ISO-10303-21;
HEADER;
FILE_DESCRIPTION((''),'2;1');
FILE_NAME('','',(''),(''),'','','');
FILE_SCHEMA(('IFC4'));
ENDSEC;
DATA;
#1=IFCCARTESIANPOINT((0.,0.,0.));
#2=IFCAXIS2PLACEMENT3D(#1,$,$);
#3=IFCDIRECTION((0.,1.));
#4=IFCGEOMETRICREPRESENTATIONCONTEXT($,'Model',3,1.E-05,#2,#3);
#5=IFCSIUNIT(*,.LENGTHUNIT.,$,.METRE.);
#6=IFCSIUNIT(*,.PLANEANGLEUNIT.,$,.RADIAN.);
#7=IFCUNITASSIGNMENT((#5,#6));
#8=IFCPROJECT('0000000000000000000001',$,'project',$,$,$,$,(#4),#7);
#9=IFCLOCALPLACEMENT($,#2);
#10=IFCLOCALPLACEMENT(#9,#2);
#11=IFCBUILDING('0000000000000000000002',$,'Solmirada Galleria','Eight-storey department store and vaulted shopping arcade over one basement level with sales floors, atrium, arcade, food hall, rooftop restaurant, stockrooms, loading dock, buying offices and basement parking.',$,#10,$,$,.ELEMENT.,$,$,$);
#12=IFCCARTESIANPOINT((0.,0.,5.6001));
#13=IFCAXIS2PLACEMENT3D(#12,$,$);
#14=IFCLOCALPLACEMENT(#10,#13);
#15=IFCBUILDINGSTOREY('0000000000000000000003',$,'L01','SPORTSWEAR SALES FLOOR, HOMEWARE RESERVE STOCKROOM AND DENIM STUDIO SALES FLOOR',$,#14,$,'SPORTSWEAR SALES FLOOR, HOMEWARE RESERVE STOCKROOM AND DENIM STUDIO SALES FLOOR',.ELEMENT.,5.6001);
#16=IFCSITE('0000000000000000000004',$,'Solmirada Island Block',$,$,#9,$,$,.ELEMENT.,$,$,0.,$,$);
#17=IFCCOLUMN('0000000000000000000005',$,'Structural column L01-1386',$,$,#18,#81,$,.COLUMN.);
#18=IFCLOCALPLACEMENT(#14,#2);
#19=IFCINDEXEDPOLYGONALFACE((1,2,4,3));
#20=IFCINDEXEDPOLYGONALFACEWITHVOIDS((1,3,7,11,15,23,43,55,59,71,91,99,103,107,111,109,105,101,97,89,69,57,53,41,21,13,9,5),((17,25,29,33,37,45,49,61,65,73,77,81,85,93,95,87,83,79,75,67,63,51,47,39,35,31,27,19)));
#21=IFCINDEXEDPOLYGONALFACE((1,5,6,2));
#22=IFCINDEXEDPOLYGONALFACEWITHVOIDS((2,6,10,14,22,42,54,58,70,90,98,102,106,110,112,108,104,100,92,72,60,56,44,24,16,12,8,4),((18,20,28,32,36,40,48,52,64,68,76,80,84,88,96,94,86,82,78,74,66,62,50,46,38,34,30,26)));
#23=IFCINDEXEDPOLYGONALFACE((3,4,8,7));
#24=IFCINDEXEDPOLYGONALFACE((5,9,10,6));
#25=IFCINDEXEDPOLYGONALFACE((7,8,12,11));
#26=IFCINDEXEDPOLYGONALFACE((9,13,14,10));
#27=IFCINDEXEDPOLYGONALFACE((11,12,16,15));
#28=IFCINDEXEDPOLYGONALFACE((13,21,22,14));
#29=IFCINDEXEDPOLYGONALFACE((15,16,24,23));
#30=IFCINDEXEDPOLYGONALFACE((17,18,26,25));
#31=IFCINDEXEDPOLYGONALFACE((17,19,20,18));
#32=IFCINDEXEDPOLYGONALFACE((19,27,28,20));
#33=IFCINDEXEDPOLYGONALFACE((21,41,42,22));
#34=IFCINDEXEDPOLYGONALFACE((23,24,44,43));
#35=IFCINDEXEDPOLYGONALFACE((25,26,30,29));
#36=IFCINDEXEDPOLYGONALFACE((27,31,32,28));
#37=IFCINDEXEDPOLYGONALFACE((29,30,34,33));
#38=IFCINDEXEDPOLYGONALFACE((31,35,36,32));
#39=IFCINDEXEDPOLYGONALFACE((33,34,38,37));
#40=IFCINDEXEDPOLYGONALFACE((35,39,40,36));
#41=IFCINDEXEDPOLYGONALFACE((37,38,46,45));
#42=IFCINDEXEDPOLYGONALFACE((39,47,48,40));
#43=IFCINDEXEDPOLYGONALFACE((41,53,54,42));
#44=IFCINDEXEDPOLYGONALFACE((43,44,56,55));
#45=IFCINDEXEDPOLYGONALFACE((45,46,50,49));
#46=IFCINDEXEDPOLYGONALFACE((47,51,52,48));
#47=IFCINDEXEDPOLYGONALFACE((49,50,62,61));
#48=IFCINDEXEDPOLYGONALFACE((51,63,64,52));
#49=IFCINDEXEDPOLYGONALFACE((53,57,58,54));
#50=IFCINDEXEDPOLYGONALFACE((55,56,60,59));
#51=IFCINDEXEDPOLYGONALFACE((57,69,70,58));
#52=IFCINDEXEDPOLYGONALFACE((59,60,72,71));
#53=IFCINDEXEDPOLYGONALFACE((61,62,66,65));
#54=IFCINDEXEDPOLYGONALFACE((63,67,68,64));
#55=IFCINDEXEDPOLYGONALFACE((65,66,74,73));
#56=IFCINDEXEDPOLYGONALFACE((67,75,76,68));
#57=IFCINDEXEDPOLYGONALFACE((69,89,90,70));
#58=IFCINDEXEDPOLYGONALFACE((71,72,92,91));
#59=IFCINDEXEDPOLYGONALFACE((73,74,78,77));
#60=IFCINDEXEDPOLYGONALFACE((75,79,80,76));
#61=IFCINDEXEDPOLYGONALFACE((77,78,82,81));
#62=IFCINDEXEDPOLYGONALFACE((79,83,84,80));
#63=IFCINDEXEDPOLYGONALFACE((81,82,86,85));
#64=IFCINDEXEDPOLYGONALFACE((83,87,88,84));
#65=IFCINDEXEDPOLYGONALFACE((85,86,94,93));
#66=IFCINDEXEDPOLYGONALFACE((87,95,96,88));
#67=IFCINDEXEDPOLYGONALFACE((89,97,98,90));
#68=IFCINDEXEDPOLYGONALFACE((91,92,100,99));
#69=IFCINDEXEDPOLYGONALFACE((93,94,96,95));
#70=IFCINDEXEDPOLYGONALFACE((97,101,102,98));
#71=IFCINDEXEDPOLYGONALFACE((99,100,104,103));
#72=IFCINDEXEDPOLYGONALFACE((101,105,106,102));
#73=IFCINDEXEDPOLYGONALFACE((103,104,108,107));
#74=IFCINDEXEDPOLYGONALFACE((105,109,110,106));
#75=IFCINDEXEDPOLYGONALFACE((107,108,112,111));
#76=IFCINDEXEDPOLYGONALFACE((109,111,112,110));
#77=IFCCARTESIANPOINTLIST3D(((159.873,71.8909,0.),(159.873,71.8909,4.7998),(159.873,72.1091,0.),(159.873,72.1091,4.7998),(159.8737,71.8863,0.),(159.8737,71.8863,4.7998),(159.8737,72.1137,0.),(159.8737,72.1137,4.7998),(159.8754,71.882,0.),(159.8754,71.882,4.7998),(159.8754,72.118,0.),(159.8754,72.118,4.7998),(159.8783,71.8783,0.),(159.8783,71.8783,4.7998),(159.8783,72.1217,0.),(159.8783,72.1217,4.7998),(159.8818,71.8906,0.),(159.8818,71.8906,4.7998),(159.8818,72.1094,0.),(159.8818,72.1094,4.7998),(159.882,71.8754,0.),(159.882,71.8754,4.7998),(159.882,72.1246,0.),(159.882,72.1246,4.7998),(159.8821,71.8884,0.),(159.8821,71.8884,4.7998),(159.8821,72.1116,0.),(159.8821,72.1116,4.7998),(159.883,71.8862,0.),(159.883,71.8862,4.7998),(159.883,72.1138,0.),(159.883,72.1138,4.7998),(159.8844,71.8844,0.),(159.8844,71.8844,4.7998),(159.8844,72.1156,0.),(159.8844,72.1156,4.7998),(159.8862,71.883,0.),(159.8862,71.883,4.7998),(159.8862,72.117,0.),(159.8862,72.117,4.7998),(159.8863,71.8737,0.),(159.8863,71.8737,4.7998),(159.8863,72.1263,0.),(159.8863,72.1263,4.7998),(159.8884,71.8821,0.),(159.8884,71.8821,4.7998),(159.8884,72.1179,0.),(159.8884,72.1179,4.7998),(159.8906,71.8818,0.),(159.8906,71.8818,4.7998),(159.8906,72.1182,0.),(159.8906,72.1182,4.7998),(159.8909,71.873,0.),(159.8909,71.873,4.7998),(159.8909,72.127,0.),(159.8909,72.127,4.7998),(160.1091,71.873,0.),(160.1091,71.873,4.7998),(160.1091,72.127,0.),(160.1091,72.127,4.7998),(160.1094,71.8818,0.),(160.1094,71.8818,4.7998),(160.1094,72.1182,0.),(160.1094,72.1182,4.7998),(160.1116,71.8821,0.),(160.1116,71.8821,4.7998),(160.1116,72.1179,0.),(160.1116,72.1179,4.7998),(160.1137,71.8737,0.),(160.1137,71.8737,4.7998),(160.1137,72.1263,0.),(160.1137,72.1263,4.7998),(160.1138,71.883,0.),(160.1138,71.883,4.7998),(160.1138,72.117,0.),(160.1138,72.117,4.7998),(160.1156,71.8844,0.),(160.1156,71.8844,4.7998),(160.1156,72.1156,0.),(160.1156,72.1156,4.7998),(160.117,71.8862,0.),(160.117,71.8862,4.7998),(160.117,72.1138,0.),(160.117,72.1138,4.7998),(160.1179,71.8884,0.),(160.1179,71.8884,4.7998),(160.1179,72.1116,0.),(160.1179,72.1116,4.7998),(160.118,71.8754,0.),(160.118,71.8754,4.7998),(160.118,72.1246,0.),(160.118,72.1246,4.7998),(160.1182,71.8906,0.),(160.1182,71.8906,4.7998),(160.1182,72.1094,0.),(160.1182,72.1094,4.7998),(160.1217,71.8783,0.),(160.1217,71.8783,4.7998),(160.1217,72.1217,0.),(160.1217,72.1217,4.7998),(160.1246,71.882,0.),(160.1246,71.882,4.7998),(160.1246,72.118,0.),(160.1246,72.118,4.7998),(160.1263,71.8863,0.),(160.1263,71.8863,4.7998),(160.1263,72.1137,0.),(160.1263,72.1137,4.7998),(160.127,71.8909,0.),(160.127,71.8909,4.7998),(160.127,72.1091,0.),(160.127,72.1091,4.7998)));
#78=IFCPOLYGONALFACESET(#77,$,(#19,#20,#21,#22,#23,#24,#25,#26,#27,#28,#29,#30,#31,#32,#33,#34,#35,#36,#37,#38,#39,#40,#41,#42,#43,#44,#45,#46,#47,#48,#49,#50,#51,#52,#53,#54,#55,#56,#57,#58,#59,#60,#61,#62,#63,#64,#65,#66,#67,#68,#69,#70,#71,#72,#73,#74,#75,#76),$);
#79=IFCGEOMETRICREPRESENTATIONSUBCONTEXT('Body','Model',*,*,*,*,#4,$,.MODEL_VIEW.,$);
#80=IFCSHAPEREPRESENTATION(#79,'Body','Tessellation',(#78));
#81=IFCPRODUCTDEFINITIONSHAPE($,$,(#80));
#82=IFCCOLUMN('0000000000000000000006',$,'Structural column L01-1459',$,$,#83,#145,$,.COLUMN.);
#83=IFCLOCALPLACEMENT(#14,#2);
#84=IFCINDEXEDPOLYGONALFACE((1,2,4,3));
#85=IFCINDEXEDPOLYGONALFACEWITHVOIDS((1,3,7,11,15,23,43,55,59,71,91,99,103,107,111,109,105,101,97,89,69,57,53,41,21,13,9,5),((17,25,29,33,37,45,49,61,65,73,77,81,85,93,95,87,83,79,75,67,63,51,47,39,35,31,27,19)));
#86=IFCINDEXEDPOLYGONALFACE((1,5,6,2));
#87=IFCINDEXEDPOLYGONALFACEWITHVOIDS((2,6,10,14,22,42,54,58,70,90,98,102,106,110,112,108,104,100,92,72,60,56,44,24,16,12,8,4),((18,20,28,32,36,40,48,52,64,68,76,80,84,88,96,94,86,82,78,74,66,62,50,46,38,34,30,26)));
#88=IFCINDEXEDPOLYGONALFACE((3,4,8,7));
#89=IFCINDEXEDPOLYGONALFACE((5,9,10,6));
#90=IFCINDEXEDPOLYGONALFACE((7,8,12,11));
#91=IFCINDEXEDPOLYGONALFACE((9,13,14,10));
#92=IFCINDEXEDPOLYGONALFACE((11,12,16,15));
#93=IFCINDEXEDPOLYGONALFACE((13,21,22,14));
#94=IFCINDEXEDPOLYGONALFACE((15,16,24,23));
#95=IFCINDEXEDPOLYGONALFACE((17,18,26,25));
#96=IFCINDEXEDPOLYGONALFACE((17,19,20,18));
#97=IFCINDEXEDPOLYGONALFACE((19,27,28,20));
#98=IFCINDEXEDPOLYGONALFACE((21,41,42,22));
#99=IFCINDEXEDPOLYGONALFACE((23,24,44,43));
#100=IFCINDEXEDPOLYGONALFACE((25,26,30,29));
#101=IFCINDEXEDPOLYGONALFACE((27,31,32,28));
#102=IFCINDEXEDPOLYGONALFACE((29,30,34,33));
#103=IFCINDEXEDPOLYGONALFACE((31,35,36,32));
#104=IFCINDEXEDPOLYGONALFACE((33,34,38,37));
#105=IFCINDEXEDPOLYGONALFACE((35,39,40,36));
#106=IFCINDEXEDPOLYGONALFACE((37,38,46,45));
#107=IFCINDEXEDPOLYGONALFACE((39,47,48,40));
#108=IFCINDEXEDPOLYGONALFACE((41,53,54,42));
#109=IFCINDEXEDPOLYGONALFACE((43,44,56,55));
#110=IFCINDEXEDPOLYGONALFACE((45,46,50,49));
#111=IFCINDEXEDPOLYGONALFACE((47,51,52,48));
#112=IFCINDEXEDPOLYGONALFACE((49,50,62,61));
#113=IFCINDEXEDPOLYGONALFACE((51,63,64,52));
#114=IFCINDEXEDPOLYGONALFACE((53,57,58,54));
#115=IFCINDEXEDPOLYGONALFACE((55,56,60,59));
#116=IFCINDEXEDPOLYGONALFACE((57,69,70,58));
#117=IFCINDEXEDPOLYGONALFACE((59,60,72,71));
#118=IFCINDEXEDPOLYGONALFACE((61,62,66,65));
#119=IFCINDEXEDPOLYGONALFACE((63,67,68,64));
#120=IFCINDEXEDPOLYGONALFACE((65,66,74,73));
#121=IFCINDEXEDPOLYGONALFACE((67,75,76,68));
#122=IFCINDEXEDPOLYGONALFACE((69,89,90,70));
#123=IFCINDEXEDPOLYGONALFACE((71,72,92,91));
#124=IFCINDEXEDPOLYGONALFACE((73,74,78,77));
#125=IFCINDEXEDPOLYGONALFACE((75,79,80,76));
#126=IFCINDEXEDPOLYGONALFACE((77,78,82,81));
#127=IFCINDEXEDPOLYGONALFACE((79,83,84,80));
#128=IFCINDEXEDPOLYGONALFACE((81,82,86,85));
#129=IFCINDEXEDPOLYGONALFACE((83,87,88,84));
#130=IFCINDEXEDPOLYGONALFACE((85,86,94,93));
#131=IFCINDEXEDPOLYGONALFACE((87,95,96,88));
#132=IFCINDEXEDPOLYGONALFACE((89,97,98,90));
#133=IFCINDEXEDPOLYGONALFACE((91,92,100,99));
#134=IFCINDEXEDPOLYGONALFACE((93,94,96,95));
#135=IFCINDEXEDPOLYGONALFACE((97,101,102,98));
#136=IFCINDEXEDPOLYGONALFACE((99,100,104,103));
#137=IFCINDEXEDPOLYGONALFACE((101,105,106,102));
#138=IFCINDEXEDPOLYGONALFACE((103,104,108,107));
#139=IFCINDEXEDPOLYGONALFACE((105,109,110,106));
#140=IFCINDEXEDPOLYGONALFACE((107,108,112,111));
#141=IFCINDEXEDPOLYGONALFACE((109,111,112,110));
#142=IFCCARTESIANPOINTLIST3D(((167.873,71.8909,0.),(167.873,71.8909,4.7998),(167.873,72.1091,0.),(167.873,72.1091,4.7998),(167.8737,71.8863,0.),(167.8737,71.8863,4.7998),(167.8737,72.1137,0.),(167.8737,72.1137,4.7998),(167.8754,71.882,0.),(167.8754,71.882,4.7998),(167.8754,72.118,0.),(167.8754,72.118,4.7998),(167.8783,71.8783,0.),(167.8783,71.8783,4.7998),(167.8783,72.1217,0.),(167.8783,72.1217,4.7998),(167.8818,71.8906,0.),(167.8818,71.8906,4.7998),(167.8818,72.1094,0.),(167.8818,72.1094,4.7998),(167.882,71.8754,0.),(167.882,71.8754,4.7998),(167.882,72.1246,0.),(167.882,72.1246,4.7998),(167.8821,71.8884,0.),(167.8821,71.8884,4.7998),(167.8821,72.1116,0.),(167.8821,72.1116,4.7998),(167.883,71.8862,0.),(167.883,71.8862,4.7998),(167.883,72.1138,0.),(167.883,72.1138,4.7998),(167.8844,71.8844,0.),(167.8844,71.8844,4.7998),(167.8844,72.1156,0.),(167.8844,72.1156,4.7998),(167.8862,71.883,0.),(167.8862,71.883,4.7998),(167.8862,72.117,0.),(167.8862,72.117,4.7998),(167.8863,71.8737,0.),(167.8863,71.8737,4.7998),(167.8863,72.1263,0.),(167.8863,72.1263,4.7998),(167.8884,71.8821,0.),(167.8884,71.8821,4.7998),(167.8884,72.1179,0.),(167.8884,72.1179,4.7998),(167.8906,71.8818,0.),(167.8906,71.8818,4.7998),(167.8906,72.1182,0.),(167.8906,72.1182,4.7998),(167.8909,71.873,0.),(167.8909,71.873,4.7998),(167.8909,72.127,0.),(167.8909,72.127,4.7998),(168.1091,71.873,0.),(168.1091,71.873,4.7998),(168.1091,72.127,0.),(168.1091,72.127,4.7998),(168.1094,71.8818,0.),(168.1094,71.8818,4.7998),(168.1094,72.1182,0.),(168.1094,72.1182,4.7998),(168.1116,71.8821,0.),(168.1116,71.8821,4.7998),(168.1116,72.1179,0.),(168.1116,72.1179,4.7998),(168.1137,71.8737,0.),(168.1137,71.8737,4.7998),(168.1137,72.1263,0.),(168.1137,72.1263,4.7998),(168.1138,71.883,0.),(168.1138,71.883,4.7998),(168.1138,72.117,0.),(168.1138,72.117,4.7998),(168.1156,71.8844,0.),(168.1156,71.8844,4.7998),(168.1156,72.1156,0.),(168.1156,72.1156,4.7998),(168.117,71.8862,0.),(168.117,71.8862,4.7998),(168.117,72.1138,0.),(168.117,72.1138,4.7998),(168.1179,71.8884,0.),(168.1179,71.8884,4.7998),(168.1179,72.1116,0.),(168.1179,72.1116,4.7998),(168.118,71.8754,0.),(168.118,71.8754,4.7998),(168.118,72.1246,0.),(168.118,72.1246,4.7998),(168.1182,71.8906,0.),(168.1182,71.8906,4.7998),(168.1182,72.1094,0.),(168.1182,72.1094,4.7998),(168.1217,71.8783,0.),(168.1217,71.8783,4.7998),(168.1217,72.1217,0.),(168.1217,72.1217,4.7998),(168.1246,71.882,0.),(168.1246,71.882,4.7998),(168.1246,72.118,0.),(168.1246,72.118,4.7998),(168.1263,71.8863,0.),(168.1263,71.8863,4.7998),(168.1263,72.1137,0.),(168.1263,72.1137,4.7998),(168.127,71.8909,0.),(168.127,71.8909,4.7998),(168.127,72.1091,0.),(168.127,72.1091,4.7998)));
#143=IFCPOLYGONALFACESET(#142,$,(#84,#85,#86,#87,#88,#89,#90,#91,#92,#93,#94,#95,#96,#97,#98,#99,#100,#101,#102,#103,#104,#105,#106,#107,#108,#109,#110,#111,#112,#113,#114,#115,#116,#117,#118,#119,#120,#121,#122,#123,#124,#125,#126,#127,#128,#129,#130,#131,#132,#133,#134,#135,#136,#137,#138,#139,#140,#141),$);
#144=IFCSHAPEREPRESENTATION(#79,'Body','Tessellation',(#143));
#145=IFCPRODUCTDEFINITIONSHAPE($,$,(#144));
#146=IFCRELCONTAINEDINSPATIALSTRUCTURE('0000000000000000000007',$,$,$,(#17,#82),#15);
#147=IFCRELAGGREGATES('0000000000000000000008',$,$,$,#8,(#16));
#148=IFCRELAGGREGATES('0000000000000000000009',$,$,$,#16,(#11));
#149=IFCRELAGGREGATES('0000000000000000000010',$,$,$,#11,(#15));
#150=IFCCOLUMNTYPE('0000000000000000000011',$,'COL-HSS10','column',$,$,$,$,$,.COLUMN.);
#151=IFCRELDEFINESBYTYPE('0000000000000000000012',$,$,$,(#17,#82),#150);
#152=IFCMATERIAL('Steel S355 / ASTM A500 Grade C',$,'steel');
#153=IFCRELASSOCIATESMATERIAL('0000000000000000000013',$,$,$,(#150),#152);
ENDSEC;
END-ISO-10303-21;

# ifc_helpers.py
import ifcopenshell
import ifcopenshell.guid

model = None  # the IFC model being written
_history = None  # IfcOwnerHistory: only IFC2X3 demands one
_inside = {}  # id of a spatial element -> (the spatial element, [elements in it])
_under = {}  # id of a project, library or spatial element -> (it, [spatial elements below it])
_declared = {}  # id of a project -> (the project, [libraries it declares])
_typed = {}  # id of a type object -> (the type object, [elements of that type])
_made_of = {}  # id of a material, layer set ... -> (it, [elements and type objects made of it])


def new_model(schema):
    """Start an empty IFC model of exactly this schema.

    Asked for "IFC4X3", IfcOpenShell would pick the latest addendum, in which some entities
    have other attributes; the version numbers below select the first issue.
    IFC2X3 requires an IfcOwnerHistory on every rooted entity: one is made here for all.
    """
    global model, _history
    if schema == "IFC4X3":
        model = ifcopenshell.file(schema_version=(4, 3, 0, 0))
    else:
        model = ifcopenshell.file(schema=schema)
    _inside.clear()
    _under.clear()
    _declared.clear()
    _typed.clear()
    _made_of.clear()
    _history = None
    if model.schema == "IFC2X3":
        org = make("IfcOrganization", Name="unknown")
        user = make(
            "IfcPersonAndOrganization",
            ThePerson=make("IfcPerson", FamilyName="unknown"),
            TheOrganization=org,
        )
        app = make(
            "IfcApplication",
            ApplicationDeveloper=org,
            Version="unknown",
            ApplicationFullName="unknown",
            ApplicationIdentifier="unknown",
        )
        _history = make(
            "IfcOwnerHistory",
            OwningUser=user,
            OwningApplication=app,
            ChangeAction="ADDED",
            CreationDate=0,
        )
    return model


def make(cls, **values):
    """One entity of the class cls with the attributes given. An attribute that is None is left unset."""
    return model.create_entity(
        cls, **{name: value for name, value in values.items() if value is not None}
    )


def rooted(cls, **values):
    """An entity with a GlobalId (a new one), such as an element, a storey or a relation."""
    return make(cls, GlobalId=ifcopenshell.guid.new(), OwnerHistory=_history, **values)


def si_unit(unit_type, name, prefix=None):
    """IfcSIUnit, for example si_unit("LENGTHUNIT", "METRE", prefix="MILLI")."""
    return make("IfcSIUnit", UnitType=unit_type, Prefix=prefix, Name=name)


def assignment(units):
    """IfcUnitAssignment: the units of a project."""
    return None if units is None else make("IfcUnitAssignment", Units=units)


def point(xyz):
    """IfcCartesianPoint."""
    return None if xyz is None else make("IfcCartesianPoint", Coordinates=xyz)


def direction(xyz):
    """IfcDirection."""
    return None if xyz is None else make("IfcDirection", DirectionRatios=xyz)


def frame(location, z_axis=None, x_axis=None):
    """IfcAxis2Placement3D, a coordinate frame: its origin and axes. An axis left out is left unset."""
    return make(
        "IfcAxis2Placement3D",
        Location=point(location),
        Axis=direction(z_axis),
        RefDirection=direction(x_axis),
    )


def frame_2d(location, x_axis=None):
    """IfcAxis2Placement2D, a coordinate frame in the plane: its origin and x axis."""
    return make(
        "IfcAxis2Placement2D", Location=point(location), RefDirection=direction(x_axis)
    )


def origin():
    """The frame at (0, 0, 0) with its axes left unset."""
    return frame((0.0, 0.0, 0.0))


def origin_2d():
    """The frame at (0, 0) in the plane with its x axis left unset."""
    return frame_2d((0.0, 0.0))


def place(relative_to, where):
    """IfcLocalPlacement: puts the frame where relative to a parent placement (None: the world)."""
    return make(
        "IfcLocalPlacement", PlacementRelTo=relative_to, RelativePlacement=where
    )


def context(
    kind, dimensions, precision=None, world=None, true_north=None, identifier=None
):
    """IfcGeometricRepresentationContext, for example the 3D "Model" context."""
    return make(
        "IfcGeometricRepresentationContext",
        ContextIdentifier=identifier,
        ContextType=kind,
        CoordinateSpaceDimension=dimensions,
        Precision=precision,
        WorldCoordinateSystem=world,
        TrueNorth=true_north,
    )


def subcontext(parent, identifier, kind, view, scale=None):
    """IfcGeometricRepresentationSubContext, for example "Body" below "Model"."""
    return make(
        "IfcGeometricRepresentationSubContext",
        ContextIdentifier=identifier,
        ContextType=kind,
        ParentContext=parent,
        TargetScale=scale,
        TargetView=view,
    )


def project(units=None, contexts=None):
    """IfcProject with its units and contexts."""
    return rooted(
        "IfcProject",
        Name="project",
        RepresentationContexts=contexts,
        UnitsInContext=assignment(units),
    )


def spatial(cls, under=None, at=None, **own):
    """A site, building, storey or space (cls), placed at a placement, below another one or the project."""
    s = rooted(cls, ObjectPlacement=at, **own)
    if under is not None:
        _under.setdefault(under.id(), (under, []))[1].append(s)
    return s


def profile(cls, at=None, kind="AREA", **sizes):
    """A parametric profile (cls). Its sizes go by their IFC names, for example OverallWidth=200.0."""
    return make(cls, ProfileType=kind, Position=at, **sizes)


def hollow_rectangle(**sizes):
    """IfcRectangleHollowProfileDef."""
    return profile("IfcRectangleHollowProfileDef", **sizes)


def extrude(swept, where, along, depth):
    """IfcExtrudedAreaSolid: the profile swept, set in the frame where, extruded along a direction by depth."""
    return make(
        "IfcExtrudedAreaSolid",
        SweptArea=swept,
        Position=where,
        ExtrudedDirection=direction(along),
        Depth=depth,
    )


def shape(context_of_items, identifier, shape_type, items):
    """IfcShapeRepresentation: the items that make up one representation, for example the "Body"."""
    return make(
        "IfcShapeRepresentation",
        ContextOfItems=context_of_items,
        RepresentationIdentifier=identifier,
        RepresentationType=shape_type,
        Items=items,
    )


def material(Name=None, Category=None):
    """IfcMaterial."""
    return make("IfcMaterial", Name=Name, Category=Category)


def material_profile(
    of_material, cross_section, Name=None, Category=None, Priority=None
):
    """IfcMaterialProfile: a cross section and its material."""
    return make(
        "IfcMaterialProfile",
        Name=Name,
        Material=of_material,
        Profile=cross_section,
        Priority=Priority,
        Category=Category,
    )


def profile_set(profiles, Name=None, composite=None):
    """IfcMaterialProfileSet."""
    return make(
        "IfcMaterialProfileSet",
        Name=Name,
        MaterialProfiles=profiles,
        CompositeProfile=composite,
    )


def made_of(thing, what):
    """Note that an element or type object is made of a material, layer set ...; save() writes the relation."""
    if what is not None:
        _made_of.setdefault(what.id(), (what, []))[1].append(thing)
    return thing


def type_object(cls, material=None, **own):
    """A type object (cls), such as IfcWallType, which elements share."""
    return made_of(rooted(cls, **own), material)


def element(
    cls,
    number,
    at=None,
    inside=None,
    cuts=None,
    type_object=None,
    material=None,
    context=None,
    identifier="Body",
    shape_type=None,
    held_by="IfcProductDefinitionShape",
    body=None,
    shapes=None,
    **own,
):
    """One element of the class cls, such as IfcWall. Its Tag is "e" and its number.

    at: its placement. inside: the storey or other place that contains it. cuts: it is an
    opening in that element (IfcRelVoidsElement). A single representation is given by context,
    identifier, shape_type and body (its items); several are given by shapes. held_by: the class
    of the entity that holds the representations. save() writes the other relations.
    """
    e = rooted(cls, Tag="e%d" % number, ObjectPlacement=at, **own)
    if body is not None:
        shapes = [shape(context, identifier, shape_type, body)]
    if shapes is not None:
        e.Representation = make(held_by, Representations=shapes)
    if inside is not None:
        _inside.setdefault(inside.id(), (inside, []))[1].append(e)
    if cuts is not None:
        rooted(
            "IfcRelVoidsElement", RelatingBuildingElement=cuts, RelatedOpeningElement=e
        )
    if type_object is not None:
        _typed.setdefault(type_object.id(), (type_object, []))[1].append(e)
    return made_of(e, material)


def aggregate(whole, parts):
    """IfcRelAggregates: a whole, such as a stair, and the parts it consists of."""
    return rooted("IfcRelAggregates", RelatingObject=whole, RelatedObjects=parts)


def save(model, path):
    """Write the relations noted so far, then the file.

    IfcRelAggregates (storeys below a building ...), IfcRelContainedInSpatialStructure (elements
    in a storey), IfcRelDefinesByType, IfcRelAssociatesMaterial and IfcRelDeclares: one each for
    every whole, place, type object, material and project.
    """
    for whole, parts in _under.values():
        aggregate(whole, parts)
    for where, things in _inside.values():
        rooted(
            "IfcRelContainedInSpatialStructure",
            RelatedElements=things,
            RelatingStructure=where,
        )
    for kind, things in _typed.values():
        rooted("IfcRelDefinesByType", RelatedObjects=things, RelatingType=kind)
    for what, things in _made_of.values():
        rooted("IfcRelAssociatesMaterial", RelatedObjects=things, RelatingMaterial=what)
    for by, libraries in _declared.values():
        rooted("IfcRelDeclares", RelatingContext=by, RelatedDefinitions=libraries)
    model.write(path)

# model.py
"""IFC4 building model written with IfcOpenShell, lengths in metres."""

from ifc_helpers import new_model, si_unit, direction, frame, origin, origin_2d, place, context, subcontext, project, spatial, hollow_rectangle, extrude, material, material_profile, profile_set, type_object, element, save


model = new_model("IFC4")

# Units and contexts
model_context = context("Model", 3, precision=1e-05, world=origin(), true_north=direction((0.0, 1.0)))
body_context = subcontext(model_context, "Body", "Model", "MODEL_VIEW")
ifc_project = project(units=[si_unit("LENGTHUNIT", "METRE"), si_unit("PLANEANGLEUNIT", "RADIAN")], contexts=[model_context])

# Site, building, storey
site_placement = place(None, origin())
site = spatial("IfcSite", under=ifc_project, at=site_placement, Name="Solmirada Island Block", CompositionType="ELEMENT", RefElevation=0.0)
building_placement = place(site_placement, origin())
building = spatial("IfcBuilding", under=site, at=building_placement, Name="Solmirada Galleria", Description="Eight-storey department store and vaulted shopping arcade over one basement level with sales floors, atrium, arcade, food hall, rooftop restaurant, stockrooms, loading dock, buying offices and basement parking.", CompositionType="ELEMENT")
storey_placement = place(building_placement, frame((0.0, 0.0, 5.6001)))
storey = spatial("IfcBuildingStorey", under=building, at=storey_placement, Name="L01", Description="SPORTSWEAR SALES FLOOR, HOMEWARE RESERVE STOCKROOM AND DENIM STUDIO SALES FLOOR", LongName="SPORTSWEAR SALES FLOOR, HOMEWARE RESERVE STOCKROOM AND DENIM STUDIO SALES FLOOR", CompositionType="ELEMENT", Elevation=5.6001)

# Columns
ifc_material_1 = material(Name="Steel S355 / ASTM A500 Grade C", Category="steel")
ifc_material_profile_1 = material_profile(ifc_material_1, hollow_rectangle(XDim=0.2539, YDim=0.2539, WallThickness=0.0088, InnerFilletRadius=0.0088, OuterFilletRadius=0.0178, at=origin_2d()), Name="HSS10X10X3/8")
ifc_profile_set_1 = profile_set([ifc_material_profile_1], Name="Steel S355 / ASTM A500 Grade C")
column_type_1 = type_object("IfcColumnType", Name="COL-HSS10", Description="column", PredefinedType="COLUMN", material=ifc_profile_set_1)
for number, where, z_axis, x_axis, name in (
    (1, (160.0, 72.0, 0.0), (0.0, 0.0, 1.0), (1.0, 0.0, 0.0), "Structural column L01-1386"),
    (2, (168.0, 72.0, 0.0), (0.0, 0.0, 1.0), (1.0, 0.0, 0.0), "Structural column L01-1459"),
):
    element("IfcColumn", number, at=place(storey_placement, frame(where, z_axis=z_axis, x_axis=x_axis)), inside=storey, type_object=column_type_1, Name=name, PredefinedType="COLUMN", context=body_context, shape_type="SweptSolid", body=[
        extrude(hollow_rectangle(XDim=0.2539, YDim=0.2539, WallThickness=0.0088, InnerFilletRadius=0.0088, OuterFilletRadius=0.0178, at=origin_2d()), origin(), (0.0, 0.0, 1.0), 4.7998),
    ])

save(model, "model.ifc")
